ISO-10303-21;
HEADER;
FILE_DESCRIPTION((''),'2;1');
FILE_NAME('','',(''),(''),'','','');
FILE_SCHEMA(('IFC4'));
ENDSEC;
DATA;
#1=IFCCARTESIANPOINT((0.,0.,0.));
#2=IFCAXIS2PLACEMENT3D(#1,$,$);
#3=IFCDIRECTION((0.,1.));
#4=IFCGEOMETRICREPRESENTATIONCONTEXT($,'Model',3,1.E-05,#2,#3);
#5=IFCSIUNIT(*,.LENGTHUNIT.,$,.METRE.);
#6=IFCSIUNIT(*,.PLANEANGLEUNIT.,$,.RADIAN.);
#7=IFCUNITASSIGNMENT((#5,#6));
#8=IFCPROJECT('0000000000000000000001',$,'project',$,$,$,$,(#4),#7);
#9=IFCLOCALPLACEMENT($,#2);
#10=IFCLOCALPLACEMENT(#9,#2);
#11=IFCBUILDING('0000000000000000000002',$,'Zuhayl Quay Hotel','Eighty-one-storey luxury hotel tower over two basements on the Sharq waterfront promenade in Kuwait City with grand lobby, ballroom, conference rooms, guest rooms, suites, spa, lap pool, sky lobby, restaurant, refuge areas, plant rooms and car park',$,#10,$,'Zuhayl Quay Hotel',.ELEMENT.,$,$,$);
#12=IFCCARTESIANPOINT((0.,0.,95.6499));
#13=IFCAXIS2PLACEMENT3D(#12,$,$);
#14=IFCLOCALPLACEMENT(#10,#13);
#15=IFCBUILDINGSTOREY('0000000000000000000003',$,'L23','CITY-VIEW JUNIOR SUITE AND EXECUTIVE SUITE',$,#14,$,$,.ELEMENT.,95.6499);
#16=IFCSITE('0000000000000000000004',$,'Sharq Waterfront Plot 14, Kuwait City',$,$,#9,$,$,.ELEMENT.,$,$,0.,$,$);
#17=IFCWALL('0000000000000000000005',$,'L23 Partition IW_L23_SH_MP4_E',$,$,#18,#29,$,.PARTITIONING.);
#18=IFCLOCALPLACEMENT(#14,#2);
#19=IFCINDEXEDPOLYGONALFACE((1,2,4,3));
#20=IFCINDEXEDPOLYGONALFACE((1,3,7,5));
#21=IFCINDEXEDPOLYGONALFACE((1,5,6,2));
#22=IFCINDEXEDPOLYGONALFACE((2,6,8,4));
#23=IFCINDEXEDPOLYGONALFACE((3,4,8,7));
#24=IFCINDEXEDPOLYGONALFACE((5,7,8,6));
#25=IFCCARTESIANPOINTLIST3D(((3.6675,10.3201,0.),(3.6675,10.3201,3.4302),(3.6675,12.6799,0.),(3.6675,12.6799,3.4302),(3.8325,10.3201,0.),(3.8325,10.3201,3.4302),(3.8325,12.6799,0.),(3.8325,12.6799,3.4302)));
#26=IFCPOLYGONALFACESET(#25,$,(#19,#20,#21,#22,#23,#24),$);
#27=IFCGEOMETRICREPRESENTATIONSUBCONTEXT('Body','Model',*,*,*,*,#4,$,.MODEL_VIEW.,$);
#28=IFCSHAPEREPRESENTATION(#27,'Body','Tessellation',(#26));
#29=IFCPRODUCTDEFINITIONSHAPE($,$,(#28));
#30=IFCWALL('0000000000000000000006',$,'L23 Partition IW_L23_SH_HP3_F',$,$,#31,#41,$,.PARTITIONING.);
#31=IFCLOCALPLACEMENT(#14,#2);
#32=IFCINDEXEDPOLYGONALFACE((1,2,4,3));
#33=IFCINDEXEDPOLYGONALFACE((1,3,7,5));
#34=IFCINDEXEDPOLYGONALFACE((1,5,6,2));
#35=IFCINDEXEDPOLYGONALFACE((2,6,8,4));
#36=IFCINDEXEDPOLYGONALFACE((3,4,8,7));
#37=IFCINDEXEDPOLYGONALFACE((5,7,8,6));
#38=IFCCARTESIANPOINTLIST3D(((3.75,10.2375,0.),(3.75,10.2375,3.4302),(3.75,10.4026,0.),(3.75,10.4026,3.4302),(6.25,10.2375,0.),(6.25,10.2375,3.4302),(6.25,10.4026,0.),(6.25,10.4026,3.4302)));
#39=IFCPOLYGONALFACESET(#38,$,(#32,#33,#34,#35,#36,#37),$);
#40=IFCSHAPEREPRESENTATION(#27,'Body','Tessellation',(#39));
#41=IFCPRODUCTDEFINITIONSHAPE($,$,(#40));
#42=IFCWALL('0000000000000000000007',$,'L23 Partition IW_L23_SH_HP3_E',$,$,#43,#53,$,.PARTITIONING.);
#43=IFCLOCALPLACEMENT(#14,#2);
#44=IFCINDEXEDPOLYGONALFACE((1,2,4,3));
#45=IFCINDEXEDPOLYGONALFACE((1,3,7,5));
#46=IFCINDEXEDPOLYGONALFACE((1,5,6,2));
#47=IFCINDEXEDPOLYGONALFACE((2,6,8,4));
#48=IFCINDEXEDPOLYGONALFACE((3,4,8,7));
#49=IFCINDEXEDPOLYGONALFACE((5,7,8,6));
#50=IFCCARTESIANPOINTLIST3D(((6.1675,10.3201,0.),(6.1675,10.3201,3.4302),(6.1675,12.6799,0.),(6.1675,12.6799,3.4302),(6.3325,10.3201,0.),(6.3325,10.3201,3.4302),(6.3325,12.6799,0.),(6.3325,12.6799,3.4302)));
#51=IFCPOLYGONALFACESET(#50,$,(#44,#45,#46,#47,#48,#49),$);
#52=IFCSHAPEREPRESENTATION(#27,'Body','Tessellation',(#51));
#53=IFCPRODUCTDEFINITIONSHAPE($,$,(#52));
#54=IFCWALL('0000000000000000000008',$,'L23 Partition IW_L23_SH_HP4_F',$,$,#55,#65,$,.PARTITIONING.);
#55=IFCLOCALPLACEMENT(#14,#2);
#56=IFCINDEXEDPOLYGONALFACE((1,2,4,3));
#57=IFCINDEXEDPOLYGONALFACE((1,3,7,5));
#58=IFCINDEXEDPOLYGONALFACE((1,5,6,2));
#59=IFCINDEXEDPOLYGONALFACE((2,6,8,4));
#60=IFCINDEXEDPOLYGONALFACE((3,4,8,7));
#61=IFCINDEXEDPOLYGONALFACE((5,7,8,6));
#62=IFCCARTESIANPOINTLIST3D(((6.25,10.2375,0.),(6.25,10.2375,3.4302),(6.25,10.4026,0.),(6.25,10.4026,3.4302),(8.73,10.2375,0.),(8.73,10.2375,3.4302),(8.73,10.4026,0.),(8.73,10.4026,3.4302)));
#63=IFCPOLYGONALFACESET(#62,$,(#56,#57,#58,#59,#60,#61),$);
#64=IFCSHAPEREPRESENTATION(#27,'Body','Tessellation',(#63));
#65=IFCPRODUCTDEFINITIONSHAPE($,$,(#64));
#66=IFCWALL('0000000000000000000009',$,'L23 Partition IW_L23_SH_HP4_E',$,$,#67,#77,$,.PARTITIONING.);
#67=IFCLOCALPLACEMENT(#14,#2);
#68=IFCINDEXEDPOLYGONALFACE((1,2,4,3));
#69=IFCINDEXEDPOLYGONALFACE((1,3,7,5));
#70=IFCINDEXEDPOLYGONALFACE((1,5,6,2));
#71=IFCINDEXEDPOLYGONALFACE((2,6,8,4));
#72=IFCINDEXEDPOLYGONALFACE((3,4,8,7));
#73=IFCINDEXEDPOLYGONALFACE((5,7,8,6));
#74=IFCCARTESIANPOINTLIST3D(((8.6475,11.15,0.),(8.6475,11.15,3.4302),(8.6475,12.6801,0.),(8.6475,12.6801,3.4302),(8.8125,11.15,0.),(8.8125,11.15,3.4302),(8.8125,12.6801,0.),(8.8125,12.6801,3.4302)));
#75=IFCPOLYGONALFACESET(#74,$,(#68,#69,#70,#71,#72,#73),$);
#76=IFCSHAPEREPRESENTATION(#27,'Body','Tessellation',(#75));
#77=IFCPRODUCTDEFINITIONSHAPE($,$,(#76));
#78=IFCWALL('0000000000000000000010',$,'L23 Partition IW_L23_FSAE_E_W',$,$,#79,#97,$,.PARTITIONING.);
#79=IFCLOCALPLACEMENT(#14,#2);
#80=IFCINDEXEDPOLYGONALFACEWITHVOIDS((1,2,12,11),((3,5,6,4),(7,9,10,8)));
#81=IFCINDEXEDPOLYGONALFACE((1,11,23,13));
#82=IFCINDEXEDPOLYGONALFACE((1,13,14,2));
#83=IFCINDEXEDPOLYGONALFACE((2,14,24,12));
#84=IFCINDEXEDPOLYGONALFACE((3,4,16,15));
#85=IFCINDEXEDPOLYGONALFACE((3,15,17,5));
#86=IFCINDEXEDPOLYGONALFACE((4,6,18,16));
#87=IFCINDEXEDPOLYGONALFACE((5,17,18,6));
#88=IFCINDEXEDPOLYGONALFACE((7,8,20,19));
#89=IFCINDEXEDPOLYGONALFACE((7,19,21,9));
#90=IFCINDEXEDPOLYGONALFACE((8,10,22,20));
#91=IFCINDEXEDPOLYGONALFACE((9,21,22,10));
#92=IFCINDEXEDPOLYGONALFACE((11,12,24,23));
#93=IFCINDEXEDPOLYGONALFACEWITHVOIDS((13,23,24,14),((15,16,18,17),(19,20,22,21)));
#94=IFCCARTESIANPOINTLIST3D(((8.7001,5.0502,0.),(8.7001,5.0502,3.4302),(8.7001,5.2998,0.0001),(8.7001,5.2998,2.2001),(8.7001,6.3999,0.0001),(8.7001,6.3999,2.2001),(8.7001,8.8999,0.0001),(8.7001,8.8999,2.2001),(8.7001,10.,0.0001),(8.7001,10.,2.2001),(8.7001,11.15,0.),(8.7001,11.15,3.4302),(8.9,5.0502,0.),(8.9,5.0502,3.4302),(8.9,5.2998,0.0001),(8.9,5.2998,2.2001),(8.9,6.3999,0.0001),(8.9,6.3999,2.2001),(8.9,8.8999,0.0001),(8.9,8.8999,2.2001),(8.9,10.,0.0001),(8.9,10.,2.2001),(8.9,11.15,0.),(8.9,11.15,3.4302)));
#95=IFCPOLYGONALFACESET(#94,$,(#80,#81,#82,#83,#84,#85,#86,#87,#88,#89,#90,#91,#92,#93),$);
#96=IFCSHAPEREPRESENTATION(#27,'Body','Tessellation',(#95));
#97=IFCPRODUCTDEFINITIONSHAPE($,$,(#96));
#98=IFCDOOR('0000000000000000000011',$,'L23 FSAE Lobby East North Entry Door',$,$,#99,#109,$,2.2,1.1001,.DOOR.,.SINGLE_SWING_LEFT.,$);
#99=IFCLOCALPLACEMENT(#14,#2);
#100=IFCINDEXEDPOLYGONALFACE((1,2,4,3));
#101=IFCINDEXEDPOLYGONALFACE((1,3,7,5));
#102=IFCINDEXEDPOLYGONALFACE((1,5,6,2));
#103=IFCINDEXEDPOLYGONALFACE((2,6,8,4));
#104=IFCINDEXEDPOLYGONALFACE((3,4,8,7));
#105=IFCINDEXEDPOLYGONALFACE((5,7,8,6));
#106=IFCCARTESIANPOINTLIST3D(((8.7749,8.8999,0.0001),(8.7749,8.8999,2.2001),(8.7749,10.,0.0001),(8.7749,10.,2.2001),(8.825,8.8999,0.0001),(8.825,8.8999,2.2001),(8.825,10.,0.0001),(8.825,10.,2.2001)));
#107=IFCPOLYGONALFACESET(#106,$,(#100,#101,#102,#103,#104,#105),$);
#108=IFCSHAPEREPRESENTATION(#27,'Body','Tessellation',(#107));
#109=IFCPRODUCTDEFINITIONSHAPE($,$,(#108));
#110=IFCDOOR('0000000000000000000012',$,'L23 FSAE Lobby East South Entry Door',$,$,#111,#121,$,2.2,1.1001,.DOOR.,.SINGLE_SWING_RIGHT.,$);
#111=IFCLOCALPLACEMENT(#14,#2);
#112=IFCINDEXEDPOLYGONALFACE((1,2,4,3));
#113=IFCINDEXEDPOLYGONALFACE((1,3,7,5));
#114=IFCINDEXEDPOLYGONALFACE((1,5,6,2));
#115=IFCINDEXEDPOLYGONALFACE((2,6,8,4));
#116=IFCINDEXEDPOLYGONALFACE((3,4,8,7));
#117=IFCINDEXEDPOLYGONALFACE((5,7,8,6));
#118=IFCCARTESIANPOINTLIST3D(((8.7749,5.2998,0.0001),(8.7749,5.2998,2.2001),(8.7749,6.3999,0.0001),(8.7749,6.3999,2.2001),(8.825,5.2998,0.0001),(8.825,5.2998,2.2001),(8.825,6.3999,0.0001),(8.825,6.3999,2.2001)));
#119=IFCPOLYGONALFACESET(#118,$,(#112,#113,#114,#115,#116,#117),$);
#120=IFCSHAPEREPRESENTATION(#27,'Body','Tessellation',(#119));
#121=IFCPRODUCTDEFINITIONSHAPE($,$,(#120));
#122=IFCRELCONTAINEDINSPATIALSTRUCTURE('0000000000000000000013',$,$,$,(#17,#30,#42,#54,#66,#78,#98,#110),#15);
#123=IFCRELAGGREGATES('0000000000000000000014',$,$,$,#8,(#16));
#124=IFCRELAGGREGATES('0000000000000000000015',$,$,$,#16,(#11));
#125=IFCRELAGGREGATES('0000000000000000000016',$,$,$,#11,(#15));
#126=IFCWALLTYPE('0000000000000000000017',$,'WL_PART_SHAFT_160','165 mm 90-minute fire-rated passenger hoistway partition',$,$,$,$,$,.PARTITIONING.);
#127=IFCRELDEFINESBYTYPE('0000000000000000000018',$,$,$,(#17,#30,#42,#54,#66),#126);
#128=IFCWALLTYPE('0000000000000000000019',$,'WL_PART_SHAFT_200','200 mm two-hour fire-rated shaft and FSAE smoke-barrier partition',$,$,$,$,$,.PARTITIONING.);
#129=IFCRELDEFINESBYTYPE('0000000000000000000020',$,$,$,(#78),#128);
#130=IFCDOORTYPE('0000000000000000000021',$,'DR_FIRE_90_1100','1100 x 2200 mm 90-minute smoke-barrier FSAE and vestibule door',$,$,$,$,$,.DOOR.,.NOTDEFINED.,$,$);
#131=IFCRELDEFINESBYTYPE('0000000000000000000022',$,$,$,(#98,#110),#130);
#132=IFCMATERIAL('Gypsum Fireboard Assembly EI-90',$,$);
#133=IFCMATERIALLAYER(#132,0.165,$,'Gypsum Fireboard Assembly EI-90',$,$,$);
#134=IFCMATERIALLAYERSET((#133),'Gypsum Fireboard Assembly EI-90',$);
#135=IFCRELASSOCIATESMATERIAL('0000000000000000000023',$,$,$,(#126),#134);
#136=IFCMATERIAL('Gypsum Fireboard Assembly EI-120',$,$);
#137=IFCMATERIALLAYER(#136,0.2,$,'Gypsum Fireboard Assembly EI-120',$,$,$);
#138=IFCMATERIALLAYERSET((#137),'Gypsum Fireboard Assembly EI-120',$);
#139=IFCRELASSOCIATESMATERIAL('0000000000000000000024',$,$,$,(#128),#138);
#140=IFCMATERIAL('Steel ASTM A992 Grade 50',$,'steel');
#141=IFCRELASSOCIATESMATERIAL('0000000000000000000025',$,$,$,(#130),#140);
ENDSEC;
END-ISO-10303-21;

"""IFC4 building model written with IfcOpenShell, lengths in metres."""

from ifc_helpers import new_model, si_unit, direction, frame, frame_2d, origin, place, context, subcontext, project, spatial, rectangle, extrude, material, layer, layer_set, type_object, element, fill, save


model = new_model("IFC4")

# Units and contexts
model_context = context("Model", 3, precision=1e-05, world=origin(), true_north=direction((0.0, 1.0)))
body_context = subcontext(model_context, "Body", "Model", "MODEL_VIEW")
ifc_project = project(units=[si_unit("LENGTHUNIT", "METRE"), si_unit("PLANEANGLEUNIT", "RADIAN")], contexts=[model_context])

# Site, building, storey
site_placement = place(None, origin())
site = spatial("IfcSite", under=ifc_project, at=site_placement, Name="Sharq Waterfront Plot 14, Kuwait City", CompositionType="ELEMENT", RefElevation=0.0)
building_placement = place(site_placement, origin())
building = spatial("IfcBuilding", under=site, at=building_placement, Name="Zuhayl Quay Hotel", Description="Eighty-one-storey luxury hotel tower over two basements on the Sharq waterfront promenade in Kuwait City with grand lobby, ballroom, conference rooms, guest rooms, suites, spa, lap pool, sky lobby, restaurant, refuge areas, plant rooms and car park", LongName="Zuhayl Quay Hotel", CompositionType="ELEMENT")
storey_placement = place(building_placement, frame((0.0, 0.0, 95.6499)))
storey = spatial("IfcBuildingStorey", under=building, at=storey_placement, Name="L23", Description="CITY-VIEW JUNIOR SUITE AND EXECUTIVE SUITE", CompositionType="ELEMENT", Elevation=95.6499)

# Shared definitions
ifc_material_1 = material(Name="Steel ASTM A992 Grade 50", Category="steel")

# Shared definitions
ifc_material_2 = material(Name="Gypsum Fireboard Assembly EI-90")
ifc_layer_1 = layer(ifc_material_2, 0.165, Name="Gypsum Fireboard Assembly EI-90")
ifc_layer_set_1 = layer_set([ifc_layer_1], Name="Gypsum Fireboard Assembly EI-90")
wall_type_1 = type_object("IfcWallType", Name="WL_PART_SHAFT_160", Description="165 mm 90-minute fire-rated passenger hoistway partition", PredefinedType="PARTITIONING", material=ifc_layer_set_1)

# Walls
for number, where, z_axis, x_axis, name in (
    (1, (3.75, 10.3201, 0.0), (0.0, 0.0, 1.0), (0.0, 1.0, 0.0), "L23 Partition IW_L23_SH_MP4_E"),
):
    element("IfcWall", number, at=place(storey_placement, frame(where, z_axis=z_axis, x_axis=x_axis)), inside=storey, type_object=wall_type_1, Name=name, PredefinedType="PARTITIONING", context=body_context, shape_type="SweptSolid", body=[
        extrude(rectangle(XDim=2.3599, YDim=0.165, at=frame_2d((1.1799, 0.0))), origin(), (0.0, 0.0, 1.0), 3.4302),
    ])
wall_1_placement = place(storey_placement, frame((3.75, 10.3201, 0.0), z_axis=(0.0, 0.0, 1.0), x_axis=(1.0, 0.0, 0.0)))
element("IfcWall", 2, at=wall_1_placement, inside=storey, type_object=wall_type_1, Name="L23 Partition IW_L23_SH_HP3_F", PredefinedType="PARTITIONING", context=body_context, shape_type="SweptSolid", body=[
    extrude(rectangle(XDim=2.5, YDim=0.165, at=frame_2d((1.25, 0.0))), origin(), (0.0, 0.0, 1.0), 3.4302),
])
wall_2_placement = place(storey_placement, frame((6.25, 10.3201, 0.0), z_axis=(0.0, 0.0, 1.0), x_axis=(0.0, 1.0, 0.0)))
element("IfcWall", 3, at=wall_2_placement, inside=storey, type_object=wall_type_1, Name="L23 Partition IW_L23_SH_HP3_E", PredefinedType="PARTITIONING", context=body_context, shape_type="SweptSolid", body=[
    extrude(rectangle(XDim=2.3599, YDim=0.165, at=frame_2d((1.1799, 0.0))), origin(), (0.0, 0.0, 1.0), 3.4302),
])
wall_3_placement = place(storey_placement, frame((6.25, 10.3201, 0.0), z_axis=(0.0, 0.0, 1.0), x_axis=(1.0, 0.0, 0.0)))
element("IfcWall", 4, at=wall_3_placement, inside=storey, type_object=wall_type_1, Name="L23 Partition IW_L23_SH_HP4_F", PredefinedType="PARTITIONING", context=body_context, shape_type="SweptSolid", body=[
    extrude(rectangle(XDim=2.48, YDim=0.165, at=frame_2d((1.24, 0.0))), origin(), (0.0, 0.0, 1.0), 3.4302),
])
wall_4_placement = place(storey_placement, frame((8.73, 11.1499, 0.0), z_axis=(0.0, 0.0, 1.0), x_axis=(0.0, 1.0, 0.0)))
element("IfcWall", 5, at=wall_4_placement, inside=storey, type_object=wall_type_1, Name="L23 Partition IW_L23_SH_HP4_E", PredefinedType="PARTITIONING", context=body_context, shape_type="SweptSolid", body=[
    extrude(rectangle(XDim=1.53, YDim=0.165, at=frame_2d((0.7651, 0.0))), origin(), (0.0, 0.0, 1.0), 3.4302),
])

# Wall, openings, doors
ifc_material_3 = material(Name="Gypsum Fireboard Assembly EI-120")
ifc_layer_2 = layer(ifc_material_3, 0.2, Name="Gypsum Fireboard Assembly EI-120")
ifc_layer_set_2 = layer_set([ifc_layer_2], Name="Gypsum Fireboard Assembly EI-120")
wall_type_2 = type_object("IfcWallType", Name="WL_PART_SHAFT_200", Description="200 mm two-hour fire-rated shaft and FSAE smoke-barrier partition", PredefinedType="PARTITIONING", material=ifc_layer_set_2)
wall_5_placement = place(storey_placement, frame((8.8, 11.1499, 0.0), z_axis=(0.0, 0.0, 1.0), x_axis=(0.0, -1.0, 0.0)))
wall_5 = element("IfcWall", 6, at=wall_5_placement, inside=storey, type_object=wall_type_2, Name="L23 Partition IW_L23_FSAE_E_W", PredefinedType="PARTITIONING", context=body_context, shape_type="SweptSolid", body=[
    extrude(rectangle(XDim=6.0999, YDim=0.2, at=frame_2d((3.0498, 0.0))), origin(), (0.0, 0.0, 1.0), 3.4302),
])
opening_1_placement = place(wall_5_placement, frame((1.1499, 0.0, 0.0)))
opening_1 = element("IfcOpeningElement", 7, at=opening_1_placement, cuts=wall_5, PredefinedType="OPENING", context=body_context, shape_type="SweptSolid", body=[
    extrude(rectangle(XDim=1.1001, YDim=2.2, at=frame_2d((0.55, 1.1001))), frame((0.0, 0.1099, 0.0), z_axis=(0.0, -1.0, 0.0), x_axis=(1.0, 0.0, 0.0)), (0.0, 0.0, 1.0), 0.22),
])
opening_2_placement = place(wall_5_placement, frame((4.75, 0.0, 0.0)))
opening_2 = element("IfcOpeningElement", 8, at=opening_2_placement, cuts=wall_5, PredefinedType="OPENING", context=body_context, shape_type="SweptSolid", body=[
    extrude(rectangle(XDim=1.1001, YDim=2.2, at=frame_2d((0.55, 1.1001))), frame((0.0, 0.1099, 0.0), z_axis=(0.0, -1.0, 0.0), x_axis=(1.0, 0.0, 0.0)), (0.0, 0.0, 1.0), 0.22),
])
door_type_1 = type_object("IfcDoorType", Name="DR_FIRE_90_1100", Description="1100 x 2200 mm 90-minute smoke-barrier FSAE and vestibule door", OperationType="NOTDEFINED", PredefinedType="DOOR", material=ifc_material_1)
door_1_placement = place(opening_1_placement, origin())
door_1 = element("IfcDoor", 9, at=door_1_placement, inside=storey, type_object=door_type_1, Name="L23 FSAE Lobby East North Entry Door", OperationType="SINGLE_SWING_LEFT", OverallHeight=2.2, OverallWidth=1.1001, PredefinedType="DOOR", context=body_context, shape_type="SweptSolid", body=[
    extrude(rectangle(XDim=1.1001, YDim=2.2, at=frame_2d((0.55, 1.1001))), frame((0.0, 0.0249, 0.0), z_axis=(0.0, -1.0, 0.0), x_axis=(1.0, 0.0, 0.0)), (0.0, 0.0, 1.0), 0.05),
])
fill(opening_1, door_1)
door_2_placement = place(opening_2_placement, origin())
door_2 = element("IfcDoor", 10, at=door_2_placement, inside=storey, type_object=door_type_1, Name="L23 FSAE Lobby East South Entry Door", OperationType="SINGLE_SWING_RIGHT", OverallHeight=2.2, OverallWidth=1.1001, PredefinedType="DOOR", context=body_context, shape_type="SweptSolid", body=[
    extrude(rectangle(XDim=1.1001, YDim=2.2, at=frame_2d((0.55, 1.1001))), frame((0.0, 0.0249, 0.0), z_axis=(0.0, -1.0, 0.0), x_axis=(1.0, 0.0, 0.0)), (0.0, 0.0, 1.0), 0.05),
])
fill(opening_2, door_2)

save(model, "model.ifc")
